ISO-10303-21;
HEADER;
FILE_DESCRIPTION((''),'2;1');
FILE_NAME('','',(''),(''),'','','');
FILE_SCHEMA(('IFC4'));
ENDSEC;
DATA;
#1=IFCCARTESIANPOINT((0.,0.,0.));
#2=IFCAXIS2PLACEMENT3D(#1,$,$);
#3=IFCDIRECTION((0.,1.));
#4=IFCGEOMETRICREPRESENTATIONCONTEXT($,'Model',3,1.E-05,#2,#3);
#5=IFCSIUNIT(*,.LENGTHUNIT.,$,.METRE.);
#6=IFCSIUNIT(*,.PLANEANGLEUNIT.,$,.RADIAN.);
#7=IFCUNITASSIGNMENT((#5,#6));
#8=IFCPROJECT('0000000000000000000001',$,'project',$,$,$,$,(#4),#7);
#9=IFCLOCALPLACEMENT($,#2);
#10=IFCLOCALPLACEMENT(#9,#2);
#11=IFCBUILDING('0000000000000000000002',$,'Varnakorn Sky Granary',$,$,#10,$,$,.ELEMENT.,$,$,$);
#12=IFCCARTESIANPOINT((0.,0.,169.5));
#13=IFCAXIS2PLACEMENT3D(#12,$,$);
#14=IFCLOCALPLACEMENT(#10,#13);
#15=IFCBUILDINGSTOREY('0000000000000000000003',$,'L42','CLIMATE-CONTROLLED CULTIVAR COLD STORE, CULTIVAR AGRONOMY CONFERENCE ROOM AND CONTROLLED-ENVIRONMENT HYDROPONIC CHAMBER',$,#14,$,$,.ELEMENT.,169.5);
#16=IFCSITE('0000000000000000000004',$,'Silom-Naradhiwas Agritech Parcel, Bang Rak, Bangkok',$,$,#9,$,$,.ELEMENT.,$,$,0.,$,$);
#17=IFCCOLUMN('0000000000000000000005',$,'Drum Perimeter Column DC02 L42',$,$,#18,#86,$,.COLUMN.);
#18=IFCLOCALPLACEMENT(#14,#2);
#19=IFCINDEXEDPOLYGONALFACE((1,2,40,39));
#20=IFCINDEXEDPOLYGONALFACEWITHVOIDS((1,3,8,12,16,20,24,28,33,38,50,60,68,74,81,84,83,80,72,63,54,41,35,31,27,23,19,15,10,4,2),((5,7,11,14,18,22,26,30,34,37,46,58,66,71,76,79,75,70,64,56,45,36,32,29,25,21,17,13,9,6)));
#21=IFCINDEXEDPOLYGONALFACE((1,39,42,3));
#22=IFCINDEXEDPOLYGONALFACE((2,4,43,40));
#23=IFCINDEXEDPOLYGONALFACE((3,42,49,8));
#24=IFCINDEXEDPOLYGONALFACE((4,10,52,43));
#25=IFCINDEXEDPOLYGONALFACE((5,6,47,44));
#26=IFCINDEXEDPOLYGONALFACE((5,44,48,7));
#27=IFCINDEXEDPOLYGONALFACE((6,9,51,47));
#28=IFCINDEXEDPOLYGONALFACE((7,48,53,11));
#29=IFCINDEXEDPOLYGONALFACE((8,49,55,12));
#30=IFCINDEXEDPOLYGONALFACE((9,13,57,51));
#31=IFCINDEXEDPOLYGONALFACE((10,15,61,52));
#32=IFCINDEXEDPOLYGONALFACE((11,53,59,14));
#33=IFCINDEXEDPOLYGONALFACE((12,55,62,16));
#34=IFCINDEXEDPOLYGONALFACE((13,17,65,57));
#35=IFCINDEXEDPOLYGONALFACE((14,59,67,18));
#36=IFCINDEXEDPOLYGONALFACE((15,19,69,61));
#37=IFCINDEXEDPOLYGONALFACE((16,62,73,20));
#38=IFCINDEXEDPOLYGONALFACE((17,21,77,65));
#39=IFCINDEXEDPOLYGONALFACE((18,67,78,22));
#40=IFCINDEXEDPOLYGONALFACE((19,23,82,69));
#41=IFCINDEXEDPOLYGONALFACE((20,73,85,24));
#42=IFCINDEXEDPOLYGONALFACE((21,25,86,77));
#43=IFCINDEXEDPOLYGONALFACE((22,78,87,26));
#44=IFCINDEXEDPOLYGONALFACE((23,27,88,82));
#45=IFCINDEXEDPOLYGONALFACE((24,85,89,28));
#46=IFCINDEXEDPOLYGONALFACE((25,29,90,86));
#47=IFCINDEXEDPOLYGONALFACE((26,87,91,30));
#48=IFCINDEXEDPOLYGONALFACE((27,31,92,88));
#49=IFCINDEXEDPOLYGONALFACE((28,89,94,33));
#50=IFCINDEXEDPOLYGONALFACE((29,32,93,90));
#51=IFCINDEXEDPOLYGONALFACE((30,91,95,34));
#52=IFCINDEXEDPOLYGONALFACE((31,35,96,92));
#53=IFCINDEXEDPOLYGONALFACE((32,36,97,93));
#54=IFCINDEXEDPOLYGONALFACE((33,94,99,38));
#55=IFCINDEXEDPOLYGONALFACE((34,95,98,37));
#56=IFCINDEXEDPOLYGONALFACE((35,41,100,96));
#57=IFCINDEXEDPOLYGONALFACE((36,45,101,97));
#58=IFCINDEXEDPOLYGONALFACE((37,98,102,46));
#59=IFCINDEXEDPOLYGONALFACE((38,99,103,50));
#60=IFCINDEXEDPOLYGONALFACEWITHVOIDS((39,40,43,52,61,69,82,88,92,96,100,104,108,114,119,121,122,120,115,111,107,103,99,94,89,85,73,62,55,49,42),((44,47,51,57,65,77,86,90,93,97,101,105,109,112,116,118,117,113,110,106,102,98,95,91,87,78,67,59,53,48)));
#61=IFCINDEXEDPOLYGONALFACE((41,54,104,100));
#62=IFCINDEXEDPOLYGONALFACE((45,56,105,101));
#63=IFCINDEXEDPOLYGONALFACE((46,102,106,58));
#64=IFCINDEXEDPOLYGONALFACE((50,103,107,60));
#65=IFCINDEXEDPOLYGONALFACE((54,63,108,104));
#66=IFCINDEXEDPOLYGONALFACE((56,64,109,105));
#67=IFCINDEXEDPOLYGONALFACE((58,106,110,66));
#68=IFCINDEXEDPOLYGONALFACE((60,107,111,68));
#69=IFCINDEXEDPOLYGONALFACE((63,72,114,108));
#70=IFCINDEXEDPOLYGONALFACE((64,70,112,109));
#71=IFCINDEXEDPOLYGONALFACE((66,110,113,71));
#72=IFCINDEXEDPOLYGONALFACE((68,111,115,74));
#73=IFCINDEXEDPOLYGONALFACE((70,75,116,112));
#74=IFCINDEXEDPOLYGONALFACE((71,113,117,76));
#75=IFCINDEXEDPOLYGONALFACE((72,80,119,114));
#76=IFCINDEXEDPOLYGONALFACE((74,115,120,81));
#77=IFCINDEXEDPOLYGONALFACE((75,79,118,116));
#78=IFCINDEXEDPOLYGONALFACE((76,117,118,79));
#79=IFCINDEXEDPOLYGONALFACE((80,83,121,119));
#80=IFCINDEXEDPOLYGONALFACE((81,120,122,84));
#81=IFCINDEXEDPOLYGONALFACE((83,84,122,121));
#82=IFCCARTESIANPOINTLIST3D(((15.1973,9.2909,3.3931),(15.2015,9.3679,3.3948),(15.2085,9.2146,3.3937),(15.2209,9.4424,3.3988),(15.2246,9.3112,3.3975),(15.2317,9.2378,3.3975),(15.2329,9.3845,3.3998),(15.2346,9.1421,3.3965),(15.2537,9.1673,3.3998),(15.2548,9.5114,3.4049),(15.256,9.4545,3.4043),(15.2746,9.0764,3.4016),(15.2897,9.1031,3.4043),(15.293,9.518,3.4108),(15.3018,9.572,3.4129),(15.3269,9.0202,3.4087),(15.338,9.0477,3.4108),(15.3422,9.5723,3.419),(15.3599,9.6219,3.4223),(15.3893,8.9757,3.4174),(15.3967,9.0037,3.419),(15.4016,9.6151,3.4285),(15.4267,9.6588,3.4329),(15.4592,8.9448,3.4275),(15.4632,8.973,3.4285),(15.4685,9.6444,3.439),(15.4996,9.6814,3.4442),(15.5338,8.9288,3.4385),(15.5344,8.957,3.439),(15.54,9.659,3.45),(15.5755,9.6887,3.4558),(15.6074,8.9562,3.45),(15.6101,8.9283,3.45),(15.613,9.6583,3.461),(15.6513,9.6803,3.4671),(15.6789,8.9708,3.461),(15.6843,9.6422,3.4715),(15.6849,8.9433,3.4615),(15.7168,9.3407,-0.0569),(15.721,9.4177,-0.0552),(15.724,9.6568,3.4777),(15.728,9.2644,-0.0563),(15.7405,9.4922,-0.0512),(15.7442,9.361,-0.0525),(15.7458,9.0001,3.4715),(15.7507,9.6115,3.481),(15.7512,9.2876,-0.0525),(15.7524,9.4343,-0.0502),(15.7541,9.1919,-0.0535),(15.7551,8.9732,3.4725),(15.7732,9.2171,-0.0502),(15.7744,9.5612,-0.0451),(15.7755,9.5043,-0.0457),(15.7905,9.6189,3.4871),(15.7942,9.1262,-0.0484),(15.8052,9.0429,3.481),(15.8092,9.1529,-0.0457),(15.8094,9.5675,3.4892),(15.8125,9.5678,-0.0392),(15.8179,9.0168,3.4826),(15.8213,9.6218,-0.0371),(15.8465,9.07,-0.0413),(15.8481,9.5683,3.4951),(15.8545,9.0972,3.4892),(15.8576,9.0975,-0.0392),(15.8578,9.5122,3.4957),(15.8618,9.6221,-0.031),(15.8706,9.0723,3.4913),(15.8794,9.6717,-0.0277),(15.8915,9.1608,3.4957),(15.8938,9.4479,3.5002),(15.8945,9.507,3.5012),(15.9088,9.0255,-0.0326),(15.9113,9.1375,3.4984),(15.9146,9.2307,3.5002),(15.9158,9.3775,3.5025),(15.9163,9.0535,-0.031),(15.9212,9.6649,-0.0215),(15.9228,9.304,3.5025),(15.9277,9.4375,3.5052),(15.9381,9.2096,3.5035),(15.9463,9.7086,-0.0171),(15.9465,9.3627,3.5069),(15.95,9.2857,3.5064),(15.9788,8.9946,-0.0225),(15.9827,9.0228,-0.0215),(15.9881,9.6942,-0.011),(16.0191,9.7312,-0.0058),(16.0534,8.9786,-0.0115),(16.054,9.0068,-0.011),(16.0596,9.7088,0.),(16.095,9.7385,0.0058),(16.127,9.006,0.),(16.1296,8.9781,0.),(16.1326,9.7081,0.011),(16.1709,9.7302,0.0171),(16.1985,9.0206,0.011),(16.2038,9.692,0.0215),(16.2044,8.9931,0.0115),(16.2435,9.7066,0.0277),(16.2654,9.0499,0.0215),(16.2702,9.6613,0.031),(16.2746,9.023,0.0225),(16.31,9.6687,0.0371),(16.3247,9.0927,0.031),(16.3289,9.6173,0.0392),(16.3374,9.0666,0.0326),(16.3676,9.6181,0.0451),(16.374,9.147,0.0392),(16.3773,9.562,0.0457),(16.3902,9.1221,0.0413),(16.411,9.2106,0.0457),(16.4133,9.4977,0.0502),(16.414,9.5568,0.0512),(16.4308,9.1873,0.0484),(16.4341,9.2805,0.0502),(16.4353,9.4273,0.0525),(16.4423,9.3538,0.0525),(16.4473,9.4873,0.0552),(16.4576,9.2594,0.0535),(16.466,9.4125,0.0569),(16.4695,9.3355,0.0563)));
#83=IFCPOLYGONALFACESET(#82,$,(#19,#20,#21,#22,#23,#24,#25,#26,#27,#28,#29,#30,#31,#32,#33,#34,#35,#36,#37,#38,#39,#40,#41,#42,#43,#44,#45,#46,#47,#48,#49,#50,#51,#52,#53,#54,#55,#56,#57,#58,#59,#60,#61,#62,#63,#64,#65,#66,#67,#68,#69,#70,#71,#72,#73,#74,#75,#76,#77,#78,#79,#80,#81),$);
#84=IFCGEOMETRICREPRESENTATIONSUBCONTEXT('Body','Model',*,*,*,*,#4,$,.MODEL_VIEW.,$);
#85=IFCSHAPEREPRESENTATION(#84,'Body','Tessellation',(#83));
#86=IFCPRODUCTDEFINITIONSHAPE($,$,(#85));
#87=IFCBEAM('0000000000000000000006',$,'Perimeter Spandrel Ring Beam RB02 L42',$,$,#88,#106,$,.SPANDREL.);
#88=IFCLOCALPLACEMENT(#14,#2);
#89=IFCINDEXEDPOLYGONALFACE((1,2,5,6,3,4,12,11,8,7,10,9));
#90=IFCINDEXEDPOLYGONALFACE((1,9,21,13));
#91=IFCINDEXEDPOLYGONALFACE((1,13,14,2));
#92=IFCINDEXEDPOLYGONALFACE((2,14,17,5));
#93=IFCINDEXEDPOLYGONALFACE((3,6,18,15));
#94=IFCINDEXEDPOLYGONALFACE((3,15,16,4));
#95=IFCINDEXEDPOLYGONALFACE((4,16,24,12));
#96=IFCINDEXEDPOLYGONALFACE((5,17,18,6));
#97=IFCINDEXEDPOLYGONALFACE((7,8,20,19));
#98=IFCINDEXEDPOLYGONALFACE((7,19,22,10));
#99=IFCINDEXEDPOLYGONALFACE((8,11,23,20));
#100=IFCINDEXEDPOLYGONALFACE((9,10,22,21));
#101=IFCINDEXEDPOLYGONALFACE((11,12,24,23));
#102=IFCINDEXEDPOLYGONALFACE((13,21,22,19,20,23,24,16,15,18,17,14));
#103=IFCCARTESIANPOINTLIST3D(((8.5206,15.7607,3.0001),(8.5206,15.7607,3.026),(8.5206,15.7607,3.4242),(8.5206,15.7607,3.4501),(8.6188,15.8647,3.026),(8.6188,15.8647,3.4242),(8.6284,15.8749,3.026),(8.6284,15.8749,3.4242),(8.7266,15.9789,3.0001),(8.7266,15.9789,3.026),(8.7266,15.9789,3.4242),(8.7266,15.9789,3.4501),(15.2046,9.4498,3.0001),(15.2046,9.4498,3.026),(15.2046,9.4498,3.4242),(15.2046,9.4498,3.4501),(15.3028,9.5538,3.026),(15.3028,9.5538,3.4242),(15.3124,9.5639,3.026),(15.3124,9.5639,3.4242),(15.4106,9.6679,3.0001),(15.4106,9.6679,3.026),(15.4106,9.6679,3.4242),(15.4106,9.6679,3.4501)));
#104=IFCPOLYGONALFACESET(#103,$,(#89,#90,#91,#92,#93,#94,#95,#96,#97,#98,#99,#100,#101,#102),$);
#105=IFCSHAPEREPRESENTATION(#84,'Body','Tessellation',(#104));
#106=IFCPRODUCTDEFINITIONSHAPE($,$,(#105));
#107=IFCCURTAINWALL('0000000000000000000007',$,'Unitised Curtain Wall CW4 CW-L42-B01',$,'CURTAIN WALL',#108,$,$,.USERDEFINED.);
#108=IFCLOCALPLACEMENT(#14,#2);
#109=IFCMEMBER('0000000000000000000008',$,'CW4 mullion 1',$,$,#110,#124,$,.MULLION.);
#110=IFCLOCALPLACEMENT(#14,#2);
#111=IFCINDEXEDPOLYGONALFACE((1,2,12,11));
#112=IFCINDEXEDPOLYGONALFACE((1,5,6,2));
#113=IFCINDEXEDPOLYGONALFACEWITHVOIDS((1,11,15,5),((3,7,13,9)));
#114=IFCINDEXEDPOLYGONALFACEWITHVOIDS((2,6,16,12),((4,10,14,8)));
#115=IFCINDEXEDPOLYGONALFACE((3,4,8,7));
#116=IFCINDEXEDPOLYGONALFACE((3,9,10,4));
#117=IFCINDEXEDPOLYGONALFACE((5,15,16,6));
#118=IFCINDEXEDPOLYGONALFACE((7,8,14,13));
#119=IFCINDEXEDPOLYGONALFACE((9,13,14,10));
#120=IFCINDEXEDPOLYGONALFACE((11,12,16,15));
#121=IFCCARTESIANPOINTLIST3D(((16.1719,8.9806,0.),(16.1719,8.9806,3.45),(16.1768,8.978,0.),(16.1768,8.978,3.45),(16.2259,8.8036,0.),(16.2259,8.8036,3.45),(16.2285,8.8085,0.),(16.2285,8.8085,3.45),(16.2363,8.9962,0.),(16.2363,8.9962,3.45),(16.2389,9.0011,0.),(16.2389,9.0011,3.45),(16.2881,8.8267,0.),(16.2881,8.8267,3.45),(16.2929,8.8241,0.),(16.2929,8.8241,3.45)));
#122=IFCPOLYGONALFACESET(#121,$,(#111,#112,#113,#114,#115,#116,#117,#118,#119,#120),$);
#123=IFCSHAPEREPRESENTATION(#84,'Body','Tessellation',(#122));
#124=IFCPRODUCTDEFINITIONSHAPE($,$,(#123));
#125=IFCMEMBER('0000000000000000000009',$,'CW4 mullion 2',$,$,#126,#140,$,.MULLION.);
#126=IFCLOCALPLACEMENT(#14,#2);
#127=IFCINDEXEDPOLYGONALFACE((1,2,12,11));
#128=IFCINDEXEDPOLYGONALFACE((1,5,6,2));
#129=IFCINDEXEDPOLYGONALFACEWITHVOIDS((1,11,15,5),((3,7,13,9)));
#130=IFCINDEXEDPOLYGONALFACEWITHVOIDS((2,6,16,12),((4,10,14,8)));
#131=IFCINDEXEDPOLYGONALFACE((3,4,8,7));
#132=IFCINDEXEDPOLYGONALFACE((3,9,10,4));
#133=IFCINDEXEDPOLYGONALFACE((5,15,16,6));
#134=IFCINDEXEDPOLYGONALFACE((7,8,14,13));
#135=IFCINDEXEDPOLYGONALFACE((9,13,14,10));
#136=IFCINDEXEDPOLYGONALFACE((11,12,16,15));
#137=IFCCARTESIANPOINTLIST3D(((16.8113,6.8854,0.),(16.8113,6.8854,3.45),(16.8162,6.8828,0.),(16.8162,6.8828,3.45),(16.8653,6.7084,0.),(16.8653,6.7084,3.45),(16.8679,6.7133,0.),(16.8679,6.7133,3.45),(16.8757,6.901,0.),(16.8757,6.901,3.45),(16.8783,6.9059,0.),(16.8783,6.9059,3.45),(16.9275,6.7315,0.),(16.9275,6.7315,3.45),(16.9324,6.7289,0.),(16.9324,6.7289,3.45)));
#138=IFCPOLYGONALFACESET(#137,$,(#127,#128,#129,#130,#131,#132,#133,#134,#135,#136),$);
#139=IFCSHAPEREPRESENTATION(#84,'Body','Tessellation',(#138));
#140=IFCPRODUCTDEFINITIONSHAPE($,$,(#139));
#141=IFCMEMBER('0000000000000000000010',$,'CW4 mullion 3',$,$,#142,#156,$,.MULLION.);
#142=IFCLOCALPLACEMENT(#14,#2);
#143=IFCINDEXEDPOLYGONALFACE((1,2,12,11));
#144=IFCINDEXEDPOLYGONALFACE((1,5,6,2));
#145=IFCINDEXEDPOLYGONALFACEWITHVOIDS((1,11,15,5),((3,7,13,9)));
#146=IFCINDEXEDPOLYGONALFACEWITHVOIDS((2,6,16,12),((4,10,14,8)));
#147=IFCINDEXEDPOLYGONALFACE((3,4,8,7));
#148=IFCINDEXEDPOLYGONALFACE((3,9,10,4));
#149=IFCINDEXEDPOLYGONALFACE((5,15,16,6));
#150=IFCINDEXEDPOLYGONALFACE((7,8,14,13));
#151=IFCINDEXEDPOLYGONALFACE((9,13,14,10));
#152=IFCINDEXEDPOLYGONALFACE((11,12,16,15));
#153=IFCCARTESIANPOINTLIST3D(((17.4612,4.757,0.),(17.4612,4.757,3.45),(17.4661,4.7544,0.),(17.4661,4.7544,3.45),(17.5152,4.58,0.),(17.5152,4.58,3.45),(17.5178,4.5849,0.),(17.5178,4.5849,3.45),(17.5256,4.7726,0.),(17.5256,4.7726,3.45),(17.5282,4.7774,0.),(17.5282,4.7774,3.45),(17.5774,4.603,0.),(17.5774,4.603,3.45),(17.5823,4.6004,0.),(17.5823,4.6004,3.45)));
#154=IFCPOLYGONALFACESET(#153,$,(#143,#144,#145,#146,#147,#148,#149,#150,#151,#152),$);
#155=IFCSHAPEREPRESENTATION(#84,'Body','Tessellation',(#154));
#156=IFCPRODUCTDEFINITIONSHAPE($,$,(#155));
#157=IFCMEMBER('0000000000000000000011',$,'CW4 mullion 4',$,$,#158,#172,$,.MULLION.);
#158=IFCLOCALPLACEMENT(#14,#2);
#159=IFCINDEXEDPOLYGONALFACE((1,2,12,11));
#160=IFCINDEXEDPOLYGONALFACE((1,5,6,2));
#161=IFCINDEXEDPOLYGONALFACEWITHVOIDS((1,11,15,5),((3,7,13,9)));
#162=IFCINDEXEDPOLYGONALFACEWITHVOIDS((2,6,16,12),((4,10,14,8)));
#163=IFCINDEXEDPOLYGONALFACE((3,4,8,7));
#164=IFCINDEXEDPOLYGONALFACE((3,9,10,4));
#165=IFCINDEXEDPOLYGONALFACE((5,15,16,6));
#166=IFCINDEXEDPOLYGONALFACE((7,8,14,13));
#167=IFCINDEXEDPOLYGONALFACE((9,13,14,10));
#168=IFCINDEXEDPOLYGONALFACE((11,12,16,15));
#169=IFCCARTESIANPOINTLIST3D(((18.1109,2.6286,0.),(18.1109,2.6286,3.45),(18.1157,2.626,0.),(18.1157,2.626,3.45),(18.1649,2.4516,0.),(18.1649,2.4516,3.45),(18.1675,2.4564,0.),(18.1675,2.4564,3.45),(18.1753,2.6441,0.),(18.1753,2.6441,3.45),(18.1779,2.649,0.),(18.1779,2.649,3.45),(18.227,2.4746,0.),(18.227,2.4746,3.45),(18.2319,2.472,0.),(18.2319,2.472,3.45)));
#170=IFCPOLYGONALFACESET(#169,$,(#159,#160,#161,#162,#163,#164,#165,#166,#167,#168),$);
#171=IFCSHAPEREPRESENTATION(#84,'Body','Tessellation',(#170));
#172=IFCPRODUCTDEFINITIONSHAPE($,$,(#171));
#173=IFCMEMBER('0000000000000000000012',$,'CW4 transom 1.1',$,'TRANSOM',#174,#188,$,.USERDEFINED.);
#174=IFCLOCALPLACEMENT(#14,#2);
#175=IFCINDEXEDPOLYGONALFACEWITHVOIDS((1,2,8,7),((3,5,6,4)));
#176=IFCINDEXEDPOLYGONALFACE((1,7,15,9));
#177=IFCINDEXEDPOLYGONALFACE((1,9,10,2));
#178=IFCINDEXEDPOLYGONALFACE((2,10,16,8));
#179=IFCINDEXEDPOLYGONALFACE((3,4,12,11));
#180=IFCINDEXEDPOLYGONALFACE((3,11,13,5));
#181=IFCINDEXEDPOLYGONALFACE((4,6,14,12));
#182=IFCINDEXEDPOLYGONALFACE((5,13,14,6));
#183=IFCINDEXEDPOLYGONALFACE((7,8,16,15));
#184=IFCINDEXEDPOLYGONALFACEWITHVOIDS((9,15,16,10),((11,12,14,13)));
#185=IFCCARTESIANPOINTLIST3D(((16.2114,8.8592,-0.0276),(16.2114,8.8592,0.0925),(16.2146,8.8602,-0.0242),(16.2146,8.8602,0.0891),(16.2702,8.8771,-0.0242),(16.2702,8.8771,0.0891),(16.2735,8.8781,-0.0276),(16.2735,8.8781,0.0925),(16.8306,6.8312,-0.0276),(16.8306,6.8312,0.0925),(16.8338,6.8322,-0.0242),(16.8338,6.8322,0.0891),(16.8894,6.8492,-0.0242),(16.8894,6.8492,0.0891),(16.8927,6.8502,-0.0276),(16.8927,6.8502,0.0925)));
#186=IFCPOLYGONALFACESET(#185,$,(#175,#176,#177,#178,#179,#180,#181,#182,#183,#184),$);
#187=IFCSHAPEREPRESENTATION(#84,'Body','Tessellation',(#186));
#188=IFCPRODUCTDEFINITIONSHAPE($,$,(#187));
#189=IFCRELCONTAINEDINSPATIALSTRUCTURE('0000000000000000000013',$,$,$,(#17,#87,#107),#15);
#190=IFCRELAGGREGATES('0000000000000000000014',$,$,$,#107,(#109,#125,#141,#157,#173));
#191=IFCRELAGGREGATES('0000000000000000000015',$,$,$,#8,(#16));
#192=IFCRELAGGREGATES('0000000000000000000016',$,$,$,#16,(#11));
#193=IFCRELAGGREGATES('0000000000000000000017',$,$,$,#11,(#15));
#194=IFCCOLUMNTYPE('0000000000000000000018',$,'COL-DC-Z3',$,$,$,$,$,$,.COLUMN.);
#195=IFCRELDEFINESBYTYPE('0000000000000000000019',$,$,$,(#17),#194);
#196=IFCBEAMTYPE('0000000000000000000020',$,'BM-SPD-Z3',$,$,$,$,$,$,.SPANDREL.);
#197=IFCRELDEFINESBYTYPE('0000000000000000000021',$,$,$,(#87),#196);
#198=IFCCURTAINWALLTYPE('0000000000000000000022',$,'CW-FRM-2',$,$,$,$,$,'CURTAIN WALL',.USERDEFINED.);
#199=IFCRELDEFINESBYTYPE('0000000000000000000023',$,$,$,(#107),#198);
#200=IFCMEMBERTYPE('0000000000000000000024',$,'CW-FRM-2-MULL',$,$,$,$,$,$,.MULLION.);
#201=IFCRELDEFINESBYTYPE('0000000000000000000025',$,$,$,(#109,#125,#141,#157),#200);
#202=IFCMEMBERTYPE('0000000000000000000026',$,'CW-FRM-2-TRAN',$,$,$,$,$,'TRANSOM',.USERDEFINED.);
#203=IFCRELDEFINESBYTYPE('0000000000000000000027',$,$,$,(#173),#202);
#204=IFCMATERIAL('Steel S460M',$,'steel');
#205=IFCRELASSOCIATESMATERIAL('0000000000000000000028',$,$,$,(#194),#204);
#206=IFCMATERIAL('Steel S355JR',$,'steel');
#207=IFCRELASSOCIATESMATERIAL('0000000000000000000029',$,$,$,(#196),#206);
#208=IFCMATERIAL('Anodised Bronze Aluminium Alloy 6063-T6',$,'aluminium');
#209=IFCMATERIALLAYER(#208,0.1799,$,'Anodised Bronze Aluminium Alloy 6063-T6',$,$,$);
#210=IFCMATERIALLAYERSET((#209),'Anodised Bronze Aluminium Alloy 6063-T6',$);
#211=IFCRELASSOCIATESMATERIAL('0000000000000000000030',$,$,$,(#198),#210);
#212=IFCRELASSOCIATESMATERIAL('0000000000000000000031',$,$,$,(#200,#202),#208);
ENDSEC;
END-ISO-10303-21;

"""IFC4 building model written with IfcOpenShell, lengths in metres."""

from ifc_helpers import new_model, si_unit, direction, frame, origin, origin_2d, place, context, subcontext, project, spatial, hollow_rectangle, hollow_circle, i_section, extrude, material, layer, layer_set, material_profile, profile_set, type_object, element, aggregate, save


model = new_model("IFC4")

# Units and contexts
model_context = context("Model", 3, precision=1e-05, world=origin(), true_north=direction((0.0, 1.0)))
body_context = subcontext(model_context, "Body", "Model", "MODEL_VIEW")
ifc_project = project(units=[si_unit("LENGTHUNIT", "METRE"), si_unit("PLANEANGLEUNIT", "RADIAN")], contexts=[model_context])

# Site, building, storey
site_placement = place(None, origin())
site = spatial("IfcSite", under=ifc_project, at=site_placement, Name="Silom-Naradhiwas Agritech Parcel, Bang Rak, Bangkok", CompositionType="ELEMENT", RefElevation=0.0)
building_placement = place(site_placement, origin())
building = spatial("IfcBuilding", under=site, at=building_placement, Name="Varnakorn Sky Granary", CompositionType="ELEMENT")
storey_placement = place(building_placement, frame((0.0, 0.0, 169.5)))
storey = spatial("IfcBuildingStorey", under=building, at=storey_placement, Name="L42", Description="CLIMATE-CONTROLLED CULTIVAR COLD STORE, CULTIVAR AGRONOMY CONFERENCE ROOM AND CONTROLLED-ENVIRONMENT HYDROPONIC CHAMBER", CompositionType="ELEMENT", Elevation=169.5)

# Column
ifc_material_1 = material(Name="Steel S460M", Category="steel")
ifc_material_profile_1 = material_profile(ifc_material_1, hollow_circle(Radius=0.3811, WallThickness=0.0281, at=origin_2d()), Name="CHS 762x28")
ifc_profile_set_1 = profile_set([ifc_material_profile_1], Name="Steel S460M")
column_type = type_object("IfcColumnType", Name="COL-DC-Z3", PredefinedType="COLUMN", material=ifc_profile_set_1)
column_placement = place(storey_placement, frame((16.0933, 9.3574, 0.0), z_axis=(-0.148897, -0.014274, 0.98875), x_axis=(0.095427, -0.995436, 0.0)))
element("IfcColumn", 1, at=column_placement, inside=storey, type_object=column_type, Name="Drum Perimeter Column DC02 L42", PredefinedType="COLUMN", context=body_context, shape_type="SweptSolid", body=[
    extrude(hollow_circle(Radius=0.3811, WallThickness=0.0281, at=origin_2d()), origin(), (0.0, 0.0, 1.0), 3.4893),
])

# Beam
ifc_material_2 = material(Name="Steel S355JR", Category="steel")
ifc_material_profile_2 = material_profile(ifc_material_2, i_section(OverallWidth=0.3, OverallDepth=0.45, WebThickness=0.0139, FlangeThickness=0.0259, at=origin_2d()), Name="HE 450 B")
ifc_profile_set_2 = profile_set([ifc_material_profile_2], Name="Steel S355JR")
beam_type = type_object("IfcBeamType", Name="BM-SPD-Z3", PredefinedType="SPANDREL", material=ifc_profile_set_2)
beam_placement = place(storey_placement, frame((15.3076, 9.5588, 3.2251), z_axis=(-0.727106, 0.686525, 0.0), x_axis=(-0.686525, -0.727106, 0.0)))
element("IfcBeam", 2, at=beam_placement, inside=storey, type_object=beam_type, Name="Perimeter Spandrel Ring Beam RB02 L42", PredefinedType="SPANDREL", context=body_context, shape_type="SweptSolid", body=[
    extrude(i_section(OverallWidth=0.3, OverallDepth=0.45, WebThickness=0.0139, FlangeThickness=0.0259, at=origin_2d()), origin(), (0.0, 0.0, 1.0), 9.1926),
])

# Curtain wall, members
ifc_material_3 = material(Name="Anodised Bronze Aluminium Alloy 6063-T6", Category="aluminium")
ifc_layer_1 = layer(ifc_material_3, 0.1799, Name="Anodised Bronze Aluminium Alloy 6063-T6")
ifc_layer_set_1 = layer_set([ifc_layer_1], Name="Anodised Bronze Aluminium Alloy 6063-T6")
curtain_wall_type = type_object("IfcCurtainWallType", Name="CW-FRM-2", ElementType="CURTAIN WALL", PredefinedType="USERDEFINED", material=ifc_layer_set_1)
curtain_wall_placement = place(storey_placement, origin())
curtain_wall = element("IfcCurtainWall", 3, at=curtain_wall_placement, inside=storey, type_object=curtain_wall_type, Name="Unitised Curtain Wall CW4 CW-L42-B01", ObjectType="CURTAIN WALL", PredefinedType="USERDEFINED")
ifc_material_profile_3 = material_profile(ifc_material_3, hollow_rectangle(XDim=0.0701, YDim=0.1851, WallThickness=0.0039, at=origin_2d()), Name="ALU MULL 70x185")
ifc_profile_set_3 = profile_set([ifc_material_profile_3], Name="Anodised Bronze Aluminium Alloy 6063-T6")
member_type_1 = type_object("IfcMemberType", Name="CW-FRM-2-MULL", PredefinedType="MULLION", material=ifc_profile_set_3)
member_1_placement = place(storey_placement, frame((16.2324, 8.9023, 0.0), z_axis=(0.0, 0.0, 1.0), x_axis=(0.956426, 0.291975, 0.0)))
member_1 = element("IfcMember", 4, at=member_1_placement, type_object=member_type_1, Name="CW4 mullion 1", PredefinedType="MULLION", context=body_context, shape_type="SweptSolid", body=[
    extrude(hollow_rectangle(XDim=0.0701, YDim=0.1851, WallThickness=0.0039, at=origin_2d()), origin(), (0.0, 0.0, 1.0), 3.45),
])
member_2_placement = place(storey_placement, frame((16.8718, 6.8071, 0.0), z_axis=(0.0, 0.0, 1.0), x_axis=(0.956426, 0.291975, 0.0)))
member_2 = element("IfcMember", 5, at=member_2_placement, type_object=member_type_1, Name="CW4 mullion 2", PredefinedType="MULLION", context=body_context, shape_type="SweptSolid", body=[
    extrude(hollow_rectangle(XDim=0.0701, YDim=0.1851, WallThickness=0.0039, at=origin_2d()), origin(), (0.0, 0.0, 1.0), 3.45),
])
member_3_placement = place(storey_placement, frame((17.5217, 4.6787, 0.0), z_axis=(0.0, 0.0, 1.0), x_axis=(0.956426, 0.291975, 0.0)))
member_3 = element("IfcMember", 6, at=member_3_placement, type_object=member_type_1, Name="CW4 mullion 3", PredefinedType="MULLION", context=body_context, shape_type="SweptSolid", body=[
    extrude(hollow_rectangle(XDim=0.0701, YDim=0.1851, WallThickness=0.0039, at=origin_2d()), origin(), (0.0, 0.0, 1.0), 3.45),
])
member_4_placement = place(storey_placement, frame((18.1714, 2.5503, 0.0), z_axis=(0.0, 0.0, 1.0), x_axis=(0.956426, 0.291975, 0.0)))
member_4 = element("IfcMember", 7, at=member_4_placement, type_object=member_type_1, Name="CW4 mullion 4", PredefinedType="MULLION", context=body_context, shape_type="SweptSolid", body=[
    extrude(hollow_rectangle(XDim=0.0701, YDim=0.1851, WallThickness=0.0039, at=origin_2d()), origin(), (0.0, 0.0, 1.0), 3.45),
])
ifc_material_profile_4 = material_profile(ifc_material_3, hollow_rectangle(XDim=0.0649, YDim=0.1201, WallThickness=0.0034, at=origin_2d()), Name="ALU TRAN 65x120")
ifc_profile_set_4 = profile_set([ifc_material_profile_4], Name="Anodised Bronze Aluminium Alloy 6063-T6")
member_type_2 = type_object("IfcMemberType", Name="CW-FRM-2-TRAN", ElementType="TRANSOM", PredefinedType="USERDEFINED", material=ifc_profile_set_4)
member_5_placement = place(storey_placement, frame((16.2424, 8.8687, 0.0325), z_axis=(0.292014, -0.956414, 0.0), x_axis=(0.956414, 0.292014, 0.0)))
member_5 = element("IfcMember", 8, at=member_5_placement, type_object=member_type_2, Name="CW4 transom 1.1", ObjectType="TRANSOM", PredefinedType="USERDEFINED", context=body_context, shape_type="SweptSolid", body=[
    extrude(hollow_rectangle(XDim=0.0649, YDim=0.1201, WallThickness=0.0034, at=origin_2d()), origin(), (0.0, 0.0, 1.0), 2.1204),
])
aggregate(curtain_wall, [member_1, member_2, member_3, member_4, member_5])

save(model, "model.ifc")
